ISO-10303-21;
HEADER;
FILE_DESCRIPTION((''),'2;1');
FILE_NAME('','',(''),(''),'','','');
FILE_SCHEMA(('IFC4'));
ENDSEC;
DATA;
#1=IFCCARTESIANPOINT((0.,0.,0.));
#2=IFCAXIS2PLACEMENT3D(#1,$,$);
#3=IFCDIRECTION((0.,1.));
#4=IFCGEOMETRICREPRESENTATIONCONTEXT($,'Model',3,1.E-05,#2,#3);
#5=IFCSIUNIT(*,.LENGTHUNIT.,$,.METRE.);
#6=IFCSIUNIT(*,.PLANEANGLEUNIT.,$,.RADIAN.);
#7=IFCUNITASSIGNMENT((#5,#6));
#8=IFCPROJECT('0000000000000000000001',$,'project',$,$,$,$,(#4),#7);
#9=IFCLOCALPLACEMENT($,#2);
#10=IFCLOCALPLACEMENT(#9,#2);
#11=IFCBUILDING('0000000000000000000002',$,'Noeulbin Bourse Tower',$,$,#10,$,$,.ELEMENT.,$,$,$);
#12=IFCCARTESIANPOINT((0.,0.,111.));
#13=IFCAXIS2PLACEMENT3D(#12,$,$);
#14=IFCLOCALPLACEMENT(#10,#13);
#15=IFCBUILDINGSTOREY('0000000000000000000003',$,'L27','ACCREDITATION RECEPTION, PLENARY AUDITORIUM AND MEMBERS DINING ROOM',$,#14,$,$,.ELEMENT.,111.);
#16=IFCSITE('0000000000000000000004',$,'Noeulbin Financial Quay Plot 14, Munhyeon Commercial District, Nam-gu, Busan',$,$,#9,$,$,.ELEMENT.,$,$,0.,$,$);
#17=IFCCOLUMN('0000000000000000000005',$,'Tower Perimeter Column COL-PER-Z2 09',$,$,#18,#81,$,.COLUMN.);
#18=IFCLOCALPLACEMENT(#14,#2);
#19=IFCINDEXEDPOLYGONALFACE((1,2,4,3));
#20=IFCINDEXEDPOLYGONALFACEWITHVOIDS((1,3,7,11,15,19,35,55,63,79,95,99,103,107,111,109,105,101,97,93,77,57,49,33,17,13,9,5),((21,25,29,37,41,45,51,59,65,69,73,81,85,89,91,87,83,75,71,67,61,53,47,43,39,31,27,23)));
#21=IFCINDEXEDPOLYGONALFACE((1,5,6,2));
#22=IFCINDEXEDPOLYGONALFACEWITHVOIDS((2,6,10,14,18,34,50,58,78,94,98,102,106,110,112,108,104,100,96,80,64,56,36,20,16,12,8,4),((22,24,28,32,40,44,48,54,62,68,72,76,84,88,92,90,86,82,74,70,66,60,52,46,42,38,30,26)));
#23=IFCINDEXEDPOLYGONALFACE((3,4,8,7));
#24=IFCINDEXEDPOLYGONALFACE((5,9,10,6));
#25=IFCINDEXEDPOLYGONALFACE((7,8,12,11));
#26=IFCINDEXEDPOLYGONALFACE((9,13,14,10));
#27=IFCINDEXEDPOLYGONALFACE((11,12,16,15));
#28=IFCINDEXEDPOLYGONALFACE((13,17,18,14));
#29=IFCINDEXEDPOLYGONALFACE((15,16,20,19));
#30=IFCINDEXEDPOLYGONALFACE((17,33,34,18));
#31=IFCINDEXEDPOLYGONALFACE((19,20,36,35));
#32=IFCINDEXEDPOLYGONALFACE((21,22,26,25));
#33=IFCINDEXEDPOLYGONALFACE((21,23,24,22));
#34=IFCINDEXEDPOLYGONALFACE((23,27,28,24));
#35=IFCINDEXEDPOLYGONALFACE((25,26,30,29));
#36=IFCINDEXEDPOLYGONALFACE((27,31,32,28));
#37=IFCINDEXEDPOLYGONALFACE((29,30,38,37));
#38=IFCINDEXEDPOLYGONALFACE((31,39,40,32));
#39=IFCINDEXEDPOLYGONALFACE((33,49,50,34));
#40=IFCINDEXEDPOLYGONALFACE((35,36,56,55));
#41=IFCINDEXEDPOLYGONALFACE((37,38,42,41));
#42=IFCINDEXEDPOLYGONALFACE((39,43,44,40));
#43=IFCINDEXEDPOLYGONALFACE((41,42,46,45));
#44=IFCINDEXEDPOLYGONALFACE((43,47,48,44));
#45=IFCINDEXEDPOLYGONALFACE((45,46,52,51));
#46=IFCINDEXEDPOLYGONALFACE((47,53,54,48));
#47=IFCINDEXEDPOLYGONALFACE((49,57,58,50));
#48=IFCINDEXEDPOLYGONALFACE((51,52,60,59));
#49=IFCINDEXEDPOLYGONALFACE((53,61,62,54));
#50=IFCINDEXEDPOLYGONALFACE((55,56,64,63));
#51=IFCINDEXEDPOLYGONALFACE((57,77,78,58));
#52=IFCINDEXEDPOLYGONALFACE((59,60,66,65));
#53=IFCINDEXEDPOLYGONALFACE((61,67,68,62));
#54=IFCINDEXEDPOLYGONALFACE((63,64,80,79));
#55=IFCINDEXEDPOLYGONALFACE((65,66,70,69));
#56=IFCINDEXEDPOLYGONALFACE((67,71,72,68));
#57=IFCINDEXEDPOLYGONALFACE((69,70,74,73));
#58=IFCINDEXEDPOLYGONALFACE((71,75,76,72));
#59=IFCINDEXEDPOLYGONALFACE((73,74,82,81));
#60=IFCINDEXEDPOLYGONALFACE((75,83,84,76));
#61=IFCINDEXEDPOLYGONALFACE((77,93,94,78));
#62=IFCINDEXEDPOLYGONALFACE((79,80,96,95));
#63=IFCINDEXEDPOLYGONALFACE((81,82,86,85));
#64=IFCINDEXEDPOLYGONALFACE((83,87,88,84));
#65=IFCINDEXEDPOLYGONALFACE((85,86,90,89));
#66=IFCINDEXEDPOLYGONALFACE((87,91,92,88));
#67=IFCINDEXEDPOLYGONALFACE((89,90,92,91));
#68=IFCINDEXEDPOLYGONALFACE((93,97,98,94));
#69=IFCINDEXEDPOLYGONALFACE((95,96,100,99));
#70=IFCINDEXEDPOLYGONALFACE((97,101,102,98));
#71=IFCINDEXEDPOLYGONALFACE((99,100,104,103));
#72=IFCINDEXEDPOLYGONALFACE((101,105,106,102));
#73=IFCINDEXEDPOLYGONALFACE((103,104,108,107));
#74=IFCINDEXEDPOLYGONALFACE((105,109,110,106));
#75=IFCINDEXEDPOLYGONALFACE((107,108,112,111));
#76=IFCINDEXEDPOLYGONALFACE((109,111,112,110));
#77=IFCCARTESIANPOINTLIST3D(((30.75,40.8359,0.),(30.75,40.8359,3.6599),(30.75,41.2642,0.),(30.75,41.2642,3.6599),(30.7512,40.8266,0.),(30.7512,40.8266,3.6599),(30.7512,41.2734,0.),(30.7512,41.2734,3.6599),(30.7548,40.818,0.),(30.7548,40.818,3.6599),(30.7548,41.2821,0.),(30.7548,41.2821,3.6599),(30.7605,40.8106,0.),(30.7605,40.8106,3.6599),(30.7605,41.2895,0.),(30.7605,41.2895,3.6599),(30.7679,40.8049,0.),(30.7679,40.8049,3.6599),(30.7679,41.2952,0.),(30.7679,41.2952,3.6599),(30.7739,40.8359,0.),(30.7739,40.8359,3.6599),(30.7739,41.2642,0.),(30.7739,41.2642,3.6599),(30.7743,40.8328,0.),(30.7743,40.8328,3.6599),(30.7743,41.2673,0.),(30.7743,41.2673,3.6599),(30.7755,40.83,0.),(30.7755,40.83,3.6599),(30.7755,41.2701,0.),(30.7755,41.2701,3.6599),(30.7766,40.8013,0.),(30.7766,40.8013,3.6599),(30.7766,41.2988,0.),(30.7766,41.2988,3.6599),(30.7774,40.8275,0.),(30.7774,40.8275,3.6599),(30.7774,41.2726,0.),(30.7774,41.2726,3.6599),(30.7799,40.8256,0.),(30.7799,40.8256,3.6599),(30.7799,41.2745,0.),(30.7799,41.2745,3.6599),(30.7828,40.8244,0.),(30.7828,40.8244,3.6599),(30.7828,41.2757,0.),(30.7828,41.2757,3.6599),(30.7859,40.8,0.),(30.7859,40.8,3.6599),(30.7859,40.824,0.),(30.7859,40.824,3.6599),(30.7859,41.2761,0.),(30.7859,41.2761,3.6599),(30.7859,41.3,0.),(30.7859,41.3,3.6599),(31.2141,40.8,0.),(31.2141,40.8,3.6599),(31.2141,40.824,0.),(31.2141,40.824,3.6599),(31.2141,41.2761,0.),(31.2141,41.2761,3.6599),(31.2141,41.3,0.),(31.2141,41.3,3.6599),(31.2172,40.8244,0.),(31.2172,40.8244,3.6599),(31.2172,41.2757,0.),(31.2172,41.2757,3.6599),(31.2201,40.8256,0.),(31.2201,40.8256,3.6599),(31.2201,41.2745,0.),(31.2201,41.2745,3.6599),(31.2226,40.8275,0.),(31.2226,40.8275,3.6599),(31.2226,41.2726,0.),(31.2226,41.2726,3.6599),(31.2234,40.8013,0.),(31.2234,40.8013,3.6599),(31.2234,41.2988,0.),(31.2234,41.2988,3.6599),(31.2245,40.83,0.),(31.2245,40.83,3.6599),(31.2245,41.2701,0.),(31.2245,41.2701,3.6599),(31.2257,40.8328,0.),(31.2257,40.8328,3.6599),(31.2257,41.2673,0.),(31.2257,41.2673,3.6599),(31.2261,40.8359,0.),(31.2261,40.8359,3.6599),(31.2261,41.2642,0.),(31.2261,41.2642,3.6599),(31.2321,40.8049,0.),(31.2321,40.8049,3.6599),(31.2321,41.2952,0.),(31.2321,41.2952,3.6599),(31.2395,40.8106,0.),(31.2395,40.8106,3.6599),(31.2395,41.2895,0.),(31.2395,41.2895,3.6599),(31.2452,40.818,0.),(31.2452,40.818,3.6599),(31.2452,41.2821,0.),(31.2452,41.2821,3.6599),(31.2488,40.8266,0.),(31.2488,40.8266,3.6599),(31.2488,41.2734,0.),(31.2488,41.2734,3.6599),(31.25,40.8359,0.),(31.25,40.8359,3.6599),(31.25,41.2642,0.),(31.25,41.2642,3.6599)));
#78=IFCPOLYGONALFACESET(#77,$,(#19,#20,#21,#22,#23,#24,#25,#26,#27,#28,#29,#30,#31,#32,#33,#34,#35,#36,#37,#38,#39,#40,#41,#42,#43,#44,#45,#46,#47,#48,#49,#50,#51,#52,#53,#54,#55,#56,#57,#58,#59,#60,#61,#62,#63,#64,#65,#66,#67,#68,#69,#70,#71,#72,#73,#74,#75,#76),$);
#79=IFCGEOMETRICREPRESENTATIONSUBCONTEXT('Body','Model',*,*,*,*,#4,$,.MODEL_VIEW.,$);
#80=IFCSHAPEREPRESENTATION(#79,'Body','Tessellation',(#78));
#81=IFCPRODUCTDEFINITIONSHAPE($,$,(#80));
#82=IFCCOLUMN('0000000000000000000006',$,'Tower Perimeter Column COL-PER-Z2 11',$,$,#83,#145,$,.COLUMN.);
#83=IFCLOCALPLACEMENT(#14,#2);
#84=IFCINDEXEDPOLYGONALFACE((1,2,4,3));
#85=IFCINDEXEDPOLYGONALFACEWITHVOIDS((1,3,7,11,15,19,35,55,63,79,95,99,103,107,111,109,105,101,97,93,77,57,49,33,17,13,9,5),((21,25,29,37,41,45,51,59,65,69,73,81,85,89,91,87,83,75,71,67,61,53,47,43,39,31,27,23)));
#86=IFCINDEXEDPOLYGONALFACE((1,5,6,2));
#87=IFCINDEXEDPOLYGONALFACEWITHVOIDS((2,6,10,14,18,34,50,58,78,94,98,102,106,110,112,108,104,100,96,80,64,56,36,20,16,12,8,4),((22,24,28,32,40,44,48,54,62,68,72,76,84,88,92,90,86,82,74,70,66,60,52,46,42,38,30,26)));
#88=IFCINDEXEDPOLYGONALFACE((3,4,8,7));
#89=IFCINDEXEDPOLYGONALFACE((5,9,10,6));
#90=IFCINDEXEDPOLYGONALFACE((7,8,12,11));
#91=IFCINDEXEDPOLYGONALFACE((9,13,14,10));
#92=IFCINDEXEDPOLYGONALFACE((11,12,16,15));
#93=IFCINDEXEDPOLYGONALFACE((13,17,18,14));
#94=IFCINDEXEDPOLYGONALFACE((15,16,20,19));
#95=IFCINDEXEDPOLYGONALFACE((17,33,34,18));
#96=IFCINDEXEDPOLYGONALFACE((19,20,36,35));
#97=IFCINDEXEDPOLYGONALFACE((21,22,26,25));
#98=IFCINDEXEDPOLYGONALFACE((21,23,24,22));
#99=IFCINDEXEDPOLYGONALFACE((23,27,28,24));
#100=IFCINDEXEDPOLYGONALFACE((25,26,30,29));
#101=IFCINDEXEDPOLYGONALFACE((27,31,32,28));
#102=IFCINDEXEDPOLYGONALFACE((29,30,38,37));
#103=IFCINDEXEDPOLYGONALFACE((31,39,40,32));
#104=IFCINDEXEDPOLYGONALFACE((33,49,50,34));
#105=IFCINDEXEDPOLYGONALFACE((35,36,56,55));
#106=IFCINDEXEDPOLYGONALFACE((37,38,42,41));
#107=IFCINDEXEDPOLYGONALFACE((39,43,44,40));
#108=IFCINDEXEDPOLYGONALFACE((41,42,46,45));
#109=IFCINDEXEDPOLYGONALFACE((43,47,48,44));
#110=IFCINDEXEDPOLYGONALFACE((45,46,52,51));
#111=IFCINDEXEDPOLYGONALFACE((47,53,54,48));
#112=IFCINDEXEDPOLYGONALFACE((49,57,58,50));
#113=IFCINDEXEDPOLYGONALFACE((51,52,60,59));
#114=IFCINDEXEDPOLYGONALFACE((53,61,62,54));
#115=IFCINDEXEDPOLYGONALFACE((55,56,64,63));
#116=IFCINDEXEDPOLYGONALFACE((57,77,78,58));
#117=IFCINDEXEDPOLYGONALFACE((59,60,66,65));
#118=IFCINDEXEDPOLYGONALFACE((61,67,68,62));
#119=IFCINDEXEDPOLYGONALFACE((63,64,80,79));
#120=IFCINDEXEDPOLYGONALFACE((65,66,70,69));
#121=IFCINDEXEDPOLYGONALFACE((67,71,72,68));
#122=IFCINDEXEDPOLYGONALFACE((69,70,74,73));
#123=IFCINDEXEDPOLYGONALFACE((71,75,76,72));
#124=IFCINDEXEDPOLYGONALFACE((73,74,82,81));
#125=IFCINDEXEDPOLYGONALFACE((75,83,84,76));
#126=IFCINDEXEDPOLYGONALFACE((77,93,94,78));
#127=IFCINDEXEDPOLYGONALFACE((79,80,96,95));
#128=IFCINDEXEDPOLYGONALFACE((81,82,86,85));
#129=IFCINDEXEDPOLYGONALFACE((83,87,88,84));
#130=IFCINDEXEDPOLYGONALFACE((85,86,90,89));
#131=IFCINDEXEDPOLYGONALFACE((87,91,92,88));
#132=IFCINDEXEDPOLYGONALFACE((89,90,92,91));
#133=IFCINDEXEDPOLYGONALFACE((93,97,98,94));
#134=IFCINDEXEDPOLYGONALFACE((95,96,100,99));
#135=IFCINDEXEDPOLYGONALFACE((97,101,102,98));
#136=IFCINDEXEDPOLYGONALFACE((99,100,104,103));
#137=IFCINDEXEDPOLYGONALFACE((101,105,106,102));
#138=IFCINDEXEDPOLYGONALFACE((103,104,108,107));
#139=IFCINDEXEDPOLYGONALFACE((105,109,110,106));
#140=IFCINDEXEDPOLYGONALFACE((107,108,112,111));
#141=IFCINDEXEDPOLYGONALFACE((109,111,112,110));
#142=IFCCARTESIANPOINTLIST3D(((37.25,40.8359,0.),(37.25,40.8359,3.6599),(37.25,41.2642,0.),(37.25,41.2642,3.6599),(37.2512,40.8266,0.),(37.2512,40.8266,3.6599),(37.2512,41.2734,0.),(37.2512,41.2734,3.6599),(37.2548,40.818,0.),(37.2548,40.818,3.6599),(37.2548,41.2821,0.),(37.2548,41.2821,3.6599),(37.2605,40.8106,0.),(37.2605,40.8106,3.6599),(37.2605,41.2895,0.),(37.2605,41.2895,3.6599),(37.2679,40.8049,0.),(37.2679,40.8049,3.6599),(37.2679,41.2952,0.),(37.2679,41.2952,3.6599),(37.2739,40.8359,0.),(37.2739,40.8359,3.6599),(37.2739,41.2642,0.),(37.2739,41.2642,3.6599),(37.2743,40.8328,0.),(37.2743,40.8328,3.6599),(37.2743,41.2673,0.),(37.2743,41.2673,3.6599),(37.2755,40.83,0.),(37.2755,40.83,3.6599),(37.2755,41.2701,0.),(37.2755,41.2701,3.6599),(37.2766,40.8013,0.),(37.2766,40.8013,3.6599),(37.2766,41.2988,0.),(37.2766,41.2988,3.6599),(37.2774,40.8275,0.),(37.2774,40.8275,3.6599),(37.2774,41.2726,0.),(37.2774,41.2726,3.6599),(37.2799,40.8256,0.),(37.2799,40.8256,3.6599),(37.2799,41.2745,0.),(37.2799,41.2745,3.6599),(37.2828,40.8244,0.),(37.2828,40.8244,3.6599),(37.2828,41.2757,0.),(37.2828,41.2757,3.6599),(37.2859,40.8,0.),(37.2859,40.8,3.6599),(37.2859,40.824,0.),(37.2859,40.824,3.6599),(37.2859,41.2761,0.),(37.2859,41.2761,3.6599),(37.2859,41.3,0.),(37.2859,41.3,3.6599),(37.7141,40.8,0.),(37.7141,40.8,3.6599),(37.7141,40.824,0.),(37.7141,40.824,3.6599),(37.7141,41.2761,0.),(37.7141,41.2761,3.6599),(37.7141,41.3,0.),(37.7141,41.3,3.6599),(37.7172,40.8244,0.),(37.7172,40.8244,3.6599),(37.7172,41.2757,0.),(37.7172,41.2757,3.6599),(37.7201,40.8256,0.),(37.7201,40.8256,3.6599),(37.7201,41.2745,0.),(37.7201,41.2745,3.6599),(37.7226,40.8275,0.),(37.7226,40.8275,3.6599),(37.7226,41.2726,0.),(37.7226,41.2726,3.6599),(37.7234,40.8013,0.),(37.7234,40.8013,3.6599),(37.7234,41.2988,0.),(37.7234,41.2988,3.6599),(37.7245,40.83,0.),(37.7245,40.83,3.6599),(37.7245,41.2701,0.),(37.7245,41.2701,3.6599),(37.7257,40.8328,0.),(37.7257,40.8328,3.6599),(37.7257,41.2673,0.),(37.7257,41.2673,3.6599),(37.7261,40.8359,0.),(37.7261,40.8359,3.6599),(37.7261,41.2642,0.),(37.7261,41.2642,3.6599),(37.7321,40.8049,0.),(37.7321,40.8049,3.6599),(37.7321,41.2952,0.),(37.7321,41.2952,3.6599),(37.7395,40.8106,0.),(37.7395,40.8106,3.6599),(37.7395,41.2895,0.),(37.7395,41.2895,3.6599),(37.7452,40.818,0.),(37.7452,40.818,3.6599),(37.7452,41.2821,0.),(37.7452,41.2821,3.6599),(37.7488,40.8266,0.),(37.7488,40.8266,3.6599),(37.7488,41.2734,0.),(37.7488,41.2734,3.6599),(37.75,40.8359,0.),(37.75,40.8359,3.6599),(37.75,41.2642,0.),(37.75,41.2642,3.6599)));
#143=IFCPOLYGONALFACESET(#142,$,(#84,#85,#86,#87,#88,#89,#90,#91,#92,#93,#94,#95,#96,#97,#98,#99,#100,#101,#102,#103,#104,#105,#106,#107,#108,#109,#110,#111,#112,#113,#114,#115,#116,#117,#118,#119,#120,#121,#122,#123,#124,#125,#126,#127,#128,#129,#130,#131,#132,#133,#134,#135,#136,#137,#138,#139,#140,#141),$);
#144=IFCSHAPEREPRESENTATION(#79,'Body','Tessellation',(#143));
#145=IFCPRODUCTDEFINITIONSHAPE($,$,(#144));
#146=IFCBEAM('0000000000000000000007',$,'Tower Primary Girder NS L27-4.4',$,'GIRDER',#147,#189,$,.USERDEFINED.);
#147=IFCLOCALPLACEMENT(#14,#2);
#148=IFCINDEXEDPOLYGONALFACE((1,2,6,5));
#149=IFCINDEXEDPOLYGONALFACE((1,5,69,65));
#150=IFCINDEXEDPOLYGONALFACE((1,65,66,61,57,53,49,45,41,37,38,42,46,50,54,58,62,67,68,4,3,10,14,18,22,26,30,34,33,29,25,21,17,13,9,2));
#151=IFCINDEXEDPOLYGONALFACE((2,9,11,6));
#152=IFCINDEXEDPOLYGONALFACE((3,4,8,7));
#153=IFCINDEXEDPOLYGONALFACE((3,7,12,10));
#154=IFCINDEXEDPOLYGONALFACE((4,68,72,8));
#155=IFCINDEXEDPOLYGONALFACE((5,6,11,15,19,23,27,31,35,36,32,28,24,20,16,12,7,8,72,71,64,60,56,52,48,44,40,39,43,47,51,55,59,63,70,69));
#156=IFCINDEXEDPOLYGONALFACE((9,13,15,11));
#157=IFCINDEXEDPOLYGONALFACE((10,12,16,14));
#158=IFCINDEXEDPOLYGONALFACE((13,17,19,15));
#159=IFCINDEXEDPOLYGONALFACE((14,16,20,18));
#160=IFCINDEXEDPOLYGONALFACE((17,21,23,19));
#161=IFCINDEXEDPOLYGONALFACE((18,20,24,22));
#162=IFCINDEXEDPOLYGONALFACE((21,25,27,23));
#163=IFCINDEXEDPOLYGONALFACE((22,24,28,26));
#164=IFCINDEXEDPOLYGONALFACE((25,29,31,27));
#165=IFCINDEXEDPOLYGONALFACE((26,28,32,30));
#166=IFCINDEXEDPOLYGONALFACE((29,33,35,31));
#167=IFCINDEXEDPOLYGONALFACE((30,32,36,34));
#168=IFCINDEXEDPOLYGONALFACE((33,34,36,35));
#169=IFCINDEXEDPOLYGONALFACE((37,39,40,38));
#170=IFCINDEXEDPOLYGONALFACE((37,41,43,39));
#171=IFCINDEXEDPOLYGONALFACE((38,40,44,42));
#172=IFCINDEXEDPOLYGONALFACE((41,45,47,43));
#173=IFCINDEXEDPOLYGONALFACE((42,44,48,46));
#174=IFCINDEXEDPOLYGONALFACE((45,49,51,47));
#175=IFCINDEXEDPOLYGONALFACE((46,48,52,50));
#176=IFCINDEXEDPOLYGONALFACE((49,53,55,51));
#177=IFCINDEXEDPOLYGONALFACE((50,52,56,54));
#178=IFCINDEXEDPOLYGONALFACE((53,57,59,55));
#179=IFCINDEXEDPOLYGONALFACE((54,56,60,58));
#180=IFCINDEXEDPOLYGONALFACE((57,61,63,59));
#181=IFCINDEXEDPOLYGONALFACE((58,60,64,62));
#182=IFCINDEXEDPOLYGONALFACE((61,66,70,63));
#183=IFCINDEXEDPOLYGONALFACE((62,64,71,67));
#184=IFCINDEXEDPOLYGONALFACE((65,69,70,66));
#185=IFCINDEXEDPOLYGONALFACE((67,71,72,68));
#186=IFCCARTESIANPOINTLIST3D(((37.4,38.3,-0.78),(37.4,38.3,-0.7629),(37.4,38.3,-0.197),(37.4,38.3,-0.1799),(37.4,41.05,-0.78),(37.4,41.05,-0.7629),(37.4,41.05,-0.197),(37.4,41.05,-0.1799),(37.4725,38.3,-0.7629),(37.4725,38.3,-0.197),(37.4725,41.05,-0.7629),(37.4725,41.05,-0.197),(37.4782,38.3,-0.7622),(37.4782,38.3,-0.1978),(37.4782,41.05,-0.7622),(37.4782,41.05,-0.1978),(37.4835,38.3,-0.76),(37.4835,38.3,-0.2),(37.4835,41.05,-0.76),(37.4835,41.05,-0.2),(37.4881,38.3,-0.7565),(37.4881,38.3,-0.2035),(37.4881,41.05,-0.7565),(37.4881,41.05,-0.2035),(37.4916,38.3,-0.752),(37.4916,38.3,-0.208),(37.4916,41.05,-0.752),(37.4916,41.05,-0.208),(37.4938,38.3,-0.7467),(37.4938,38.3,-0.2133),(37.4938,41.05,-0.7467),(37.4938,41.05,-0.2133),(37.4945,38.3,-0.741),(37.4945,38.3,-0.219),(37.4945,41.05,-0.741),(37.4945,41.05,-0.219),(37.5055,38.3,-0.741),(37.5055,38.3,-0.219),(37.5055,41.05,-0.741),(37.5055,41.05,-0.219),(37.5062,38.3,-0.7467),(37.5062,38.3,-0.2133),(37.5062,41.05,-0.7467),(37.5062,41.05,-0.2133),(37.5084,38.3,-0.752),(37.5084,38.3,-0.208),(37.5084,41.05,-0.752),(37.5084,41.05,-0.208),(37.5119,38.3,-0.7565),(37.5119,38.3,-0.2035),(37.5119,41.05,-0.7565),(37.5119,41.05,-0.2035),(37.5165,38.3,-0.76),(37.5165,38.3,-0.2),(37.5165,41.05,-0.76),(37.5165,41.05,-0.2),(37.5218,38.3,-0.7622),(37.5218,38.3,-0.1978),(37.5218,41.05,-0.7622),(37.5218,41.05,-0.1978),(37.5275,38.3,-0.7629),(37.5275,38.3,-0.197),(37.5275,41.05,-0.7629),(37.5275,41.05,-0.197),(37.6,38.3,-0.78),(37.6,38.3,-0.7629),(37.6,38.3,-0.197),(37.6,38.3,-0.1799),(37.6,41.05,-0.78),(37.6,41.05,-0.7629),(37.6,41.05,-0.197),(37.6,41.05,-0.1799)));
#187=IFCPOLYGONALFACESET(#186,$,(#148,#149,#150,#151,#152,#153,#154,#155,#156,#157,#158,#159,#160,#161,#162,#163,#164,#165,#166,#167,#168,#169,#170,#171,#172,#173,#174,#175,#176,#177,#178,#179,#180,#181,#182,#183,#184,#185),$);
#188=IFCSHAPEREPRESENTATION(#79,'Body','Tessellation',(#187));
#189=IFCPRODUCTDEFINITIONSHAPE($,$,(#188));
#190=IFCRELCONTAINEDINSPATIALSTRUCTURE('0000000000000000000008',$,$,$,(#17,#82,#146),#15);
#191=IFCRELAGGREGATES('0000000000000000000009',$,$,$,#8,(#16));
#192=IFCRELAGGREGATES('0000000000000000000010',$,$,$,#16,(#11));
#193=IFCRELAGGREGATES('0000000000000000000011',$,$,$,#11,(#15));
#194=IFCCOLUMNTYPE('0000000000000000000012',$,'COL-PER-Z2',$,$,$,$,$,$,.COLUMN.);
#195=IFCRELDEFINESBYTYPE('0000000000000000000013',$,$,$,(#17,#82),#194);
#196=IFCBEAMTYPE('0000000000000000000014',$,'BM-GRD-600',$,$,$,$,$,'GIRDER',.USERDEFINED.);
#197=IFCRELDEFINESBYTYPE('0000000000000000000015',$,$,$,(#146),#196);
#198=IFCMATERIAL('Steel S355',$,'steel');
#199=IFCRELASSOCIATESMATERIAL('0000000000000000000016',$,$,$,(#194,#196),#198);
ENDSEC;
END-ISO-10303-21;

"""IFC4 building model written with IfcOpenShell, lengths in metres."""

from ifc_helpers import new_model, si_unit, direction, frame, origin, origin_2d, place, context, subcontext, project, spatial, hollow_rectangle, i_section, extrude, material, material_profile, profile_set, type_object, element, save


model = new_model("IFC4")

# Units and contexts
model_context = context("Model", 3, precision=1e-05, world=origin(), true_north=direction((0.0, 1.0)))
body_context = subcontext(model_context, "Body", "Model", "MODEL_VIEW")
ifc_project = project(units=[si_unit("LENGTHUNIT", "METRE"), si_unit("PLANEANGLEUNIT", "RADIAN")], contexts=[model_context])

# Site, building, storey
site_placement = place(None, origin())
site = spatial("IfcSite", under=ifc_project, at=site_placement, Name="Noeulbin Financial Quay Plot 14, Munhyeon Commercial District, Nam-gu, Busan", CompositionType="ELEMENT", RefElevation=0.0)
building_placement = place(site_placement, origin())
building = spatial("IfcBuilding", under=site, at=building_placement, Name="Noeulbin Bourse Tower", CompositionType="ELEMENT")
storey_placement = place(building_placement, frame((0.0, 0.0, 111.0)))
storey = spatial("IfcBuildingStorey", under=building, at=storey_placement, Name="L27", Description="ACCREDITATION RECEPTION, PLENARY AUDITORIUM AND MEMBERS DINING ROOM", CompositionType="ELEMENT", Elevation=111.0)

# Columns
ifc_material_1 = material(Name="Steel S355", Category="steel")
ifc_material_profile_1 = material_profile(ifc_material_1, hollow_rectangle(XDim=0.5, YDim=0.5, WallThickness=0.0239, InnerFilletRadius=0.012, OuterFilletRadius=0.0359, at=origin_2d()), Name="BOX-500x500x24", Category="LoadBearing")
ifc_profile_set_1 = profile_set([ifc_material_profile_1], Name="Steel S355")
column_type = type_object("IfcColumnType", Name="COL-PER-Z2", PredefinedType="COLUMN", material=ifc_profile_set_1)
for number, where, z_axis, x_axis, name in (
    (1, (31.0, 41.05, 0.0), (0.0, 0.0, 1.0), (1.0, 0.0, 0.0), "Tower Perimeter Column COL-PER-Z2 09"),
    (2, (37.5, 41.05, 0.0), (0.0, 0.0, 1.0), (1.0, 0.0, 0.0), "Tower Perimeter Column COL-PER-Z2 11"),
):
    element("IfcColumn", number, at=place(storey_placement, frame(where, z_axis=z_axis, x_axis=x_axis)), inside=storey, type_object=column_type, Name=name, PredefinedType="COLUMN", context=body_context, shape_type="SweptSolid", body=[
        extrude(hollow_rectangle(XDim=0.5, YDim=0.5, WallThickness=0.0239, InnerFilletRadius=0.012, OuterFilletRadius=0.0359, at=origin_2d()), origin(), (0.0, 0.0, 1.0), 3.6599),
    ])

# Beam
ifc_material_profile_2 = material_profile(ifc_material_1, i_section(OverallWidth=0.2, OverallDepth=0.6001, WebThickness=0.011, FlangeThickness=0.0171, FilletRadius=0.022, at=origin_2d()), Name="H-600x200x11x17", Category="LoadBearing")
ifc_profile_set_2 = profile_set([ifc_material_profile_2], Name="Steel S355")
beam_type_1 = type_object("IfcBeamType", Name="BM-GRD-600", ElementType="GIRDER", PredefinedType="USERDEFINED", material=ifc_profile_set_2)
beam_placement = place(storey_placement, frame((37.5, 38.3, -0.48), z_axis=(0.0, 1.0, 0.0), x_axis=(-1.0, 0.0, 0.0)))
element("IfcBeam", 3, at=beam_placement, inside=storey, type_object=beam_type_1, Name="Tower Primary Girder NS L27-4.4", ObjectType="GIRDER", PredefinedType="USERDEFINED", context=body_context, shape_type="SweptSolid", body=[
    extrude(i_section(OverallWidth=0.2, OverallDepth=0.6001, WebThickness=0.011, FlangeThickness=0.0171, FilletRadius=0.022, at=origin_2d()), origin(), (0.0, 0.0, 1.0), 2.75),
])

save(model, "model.ifc")
